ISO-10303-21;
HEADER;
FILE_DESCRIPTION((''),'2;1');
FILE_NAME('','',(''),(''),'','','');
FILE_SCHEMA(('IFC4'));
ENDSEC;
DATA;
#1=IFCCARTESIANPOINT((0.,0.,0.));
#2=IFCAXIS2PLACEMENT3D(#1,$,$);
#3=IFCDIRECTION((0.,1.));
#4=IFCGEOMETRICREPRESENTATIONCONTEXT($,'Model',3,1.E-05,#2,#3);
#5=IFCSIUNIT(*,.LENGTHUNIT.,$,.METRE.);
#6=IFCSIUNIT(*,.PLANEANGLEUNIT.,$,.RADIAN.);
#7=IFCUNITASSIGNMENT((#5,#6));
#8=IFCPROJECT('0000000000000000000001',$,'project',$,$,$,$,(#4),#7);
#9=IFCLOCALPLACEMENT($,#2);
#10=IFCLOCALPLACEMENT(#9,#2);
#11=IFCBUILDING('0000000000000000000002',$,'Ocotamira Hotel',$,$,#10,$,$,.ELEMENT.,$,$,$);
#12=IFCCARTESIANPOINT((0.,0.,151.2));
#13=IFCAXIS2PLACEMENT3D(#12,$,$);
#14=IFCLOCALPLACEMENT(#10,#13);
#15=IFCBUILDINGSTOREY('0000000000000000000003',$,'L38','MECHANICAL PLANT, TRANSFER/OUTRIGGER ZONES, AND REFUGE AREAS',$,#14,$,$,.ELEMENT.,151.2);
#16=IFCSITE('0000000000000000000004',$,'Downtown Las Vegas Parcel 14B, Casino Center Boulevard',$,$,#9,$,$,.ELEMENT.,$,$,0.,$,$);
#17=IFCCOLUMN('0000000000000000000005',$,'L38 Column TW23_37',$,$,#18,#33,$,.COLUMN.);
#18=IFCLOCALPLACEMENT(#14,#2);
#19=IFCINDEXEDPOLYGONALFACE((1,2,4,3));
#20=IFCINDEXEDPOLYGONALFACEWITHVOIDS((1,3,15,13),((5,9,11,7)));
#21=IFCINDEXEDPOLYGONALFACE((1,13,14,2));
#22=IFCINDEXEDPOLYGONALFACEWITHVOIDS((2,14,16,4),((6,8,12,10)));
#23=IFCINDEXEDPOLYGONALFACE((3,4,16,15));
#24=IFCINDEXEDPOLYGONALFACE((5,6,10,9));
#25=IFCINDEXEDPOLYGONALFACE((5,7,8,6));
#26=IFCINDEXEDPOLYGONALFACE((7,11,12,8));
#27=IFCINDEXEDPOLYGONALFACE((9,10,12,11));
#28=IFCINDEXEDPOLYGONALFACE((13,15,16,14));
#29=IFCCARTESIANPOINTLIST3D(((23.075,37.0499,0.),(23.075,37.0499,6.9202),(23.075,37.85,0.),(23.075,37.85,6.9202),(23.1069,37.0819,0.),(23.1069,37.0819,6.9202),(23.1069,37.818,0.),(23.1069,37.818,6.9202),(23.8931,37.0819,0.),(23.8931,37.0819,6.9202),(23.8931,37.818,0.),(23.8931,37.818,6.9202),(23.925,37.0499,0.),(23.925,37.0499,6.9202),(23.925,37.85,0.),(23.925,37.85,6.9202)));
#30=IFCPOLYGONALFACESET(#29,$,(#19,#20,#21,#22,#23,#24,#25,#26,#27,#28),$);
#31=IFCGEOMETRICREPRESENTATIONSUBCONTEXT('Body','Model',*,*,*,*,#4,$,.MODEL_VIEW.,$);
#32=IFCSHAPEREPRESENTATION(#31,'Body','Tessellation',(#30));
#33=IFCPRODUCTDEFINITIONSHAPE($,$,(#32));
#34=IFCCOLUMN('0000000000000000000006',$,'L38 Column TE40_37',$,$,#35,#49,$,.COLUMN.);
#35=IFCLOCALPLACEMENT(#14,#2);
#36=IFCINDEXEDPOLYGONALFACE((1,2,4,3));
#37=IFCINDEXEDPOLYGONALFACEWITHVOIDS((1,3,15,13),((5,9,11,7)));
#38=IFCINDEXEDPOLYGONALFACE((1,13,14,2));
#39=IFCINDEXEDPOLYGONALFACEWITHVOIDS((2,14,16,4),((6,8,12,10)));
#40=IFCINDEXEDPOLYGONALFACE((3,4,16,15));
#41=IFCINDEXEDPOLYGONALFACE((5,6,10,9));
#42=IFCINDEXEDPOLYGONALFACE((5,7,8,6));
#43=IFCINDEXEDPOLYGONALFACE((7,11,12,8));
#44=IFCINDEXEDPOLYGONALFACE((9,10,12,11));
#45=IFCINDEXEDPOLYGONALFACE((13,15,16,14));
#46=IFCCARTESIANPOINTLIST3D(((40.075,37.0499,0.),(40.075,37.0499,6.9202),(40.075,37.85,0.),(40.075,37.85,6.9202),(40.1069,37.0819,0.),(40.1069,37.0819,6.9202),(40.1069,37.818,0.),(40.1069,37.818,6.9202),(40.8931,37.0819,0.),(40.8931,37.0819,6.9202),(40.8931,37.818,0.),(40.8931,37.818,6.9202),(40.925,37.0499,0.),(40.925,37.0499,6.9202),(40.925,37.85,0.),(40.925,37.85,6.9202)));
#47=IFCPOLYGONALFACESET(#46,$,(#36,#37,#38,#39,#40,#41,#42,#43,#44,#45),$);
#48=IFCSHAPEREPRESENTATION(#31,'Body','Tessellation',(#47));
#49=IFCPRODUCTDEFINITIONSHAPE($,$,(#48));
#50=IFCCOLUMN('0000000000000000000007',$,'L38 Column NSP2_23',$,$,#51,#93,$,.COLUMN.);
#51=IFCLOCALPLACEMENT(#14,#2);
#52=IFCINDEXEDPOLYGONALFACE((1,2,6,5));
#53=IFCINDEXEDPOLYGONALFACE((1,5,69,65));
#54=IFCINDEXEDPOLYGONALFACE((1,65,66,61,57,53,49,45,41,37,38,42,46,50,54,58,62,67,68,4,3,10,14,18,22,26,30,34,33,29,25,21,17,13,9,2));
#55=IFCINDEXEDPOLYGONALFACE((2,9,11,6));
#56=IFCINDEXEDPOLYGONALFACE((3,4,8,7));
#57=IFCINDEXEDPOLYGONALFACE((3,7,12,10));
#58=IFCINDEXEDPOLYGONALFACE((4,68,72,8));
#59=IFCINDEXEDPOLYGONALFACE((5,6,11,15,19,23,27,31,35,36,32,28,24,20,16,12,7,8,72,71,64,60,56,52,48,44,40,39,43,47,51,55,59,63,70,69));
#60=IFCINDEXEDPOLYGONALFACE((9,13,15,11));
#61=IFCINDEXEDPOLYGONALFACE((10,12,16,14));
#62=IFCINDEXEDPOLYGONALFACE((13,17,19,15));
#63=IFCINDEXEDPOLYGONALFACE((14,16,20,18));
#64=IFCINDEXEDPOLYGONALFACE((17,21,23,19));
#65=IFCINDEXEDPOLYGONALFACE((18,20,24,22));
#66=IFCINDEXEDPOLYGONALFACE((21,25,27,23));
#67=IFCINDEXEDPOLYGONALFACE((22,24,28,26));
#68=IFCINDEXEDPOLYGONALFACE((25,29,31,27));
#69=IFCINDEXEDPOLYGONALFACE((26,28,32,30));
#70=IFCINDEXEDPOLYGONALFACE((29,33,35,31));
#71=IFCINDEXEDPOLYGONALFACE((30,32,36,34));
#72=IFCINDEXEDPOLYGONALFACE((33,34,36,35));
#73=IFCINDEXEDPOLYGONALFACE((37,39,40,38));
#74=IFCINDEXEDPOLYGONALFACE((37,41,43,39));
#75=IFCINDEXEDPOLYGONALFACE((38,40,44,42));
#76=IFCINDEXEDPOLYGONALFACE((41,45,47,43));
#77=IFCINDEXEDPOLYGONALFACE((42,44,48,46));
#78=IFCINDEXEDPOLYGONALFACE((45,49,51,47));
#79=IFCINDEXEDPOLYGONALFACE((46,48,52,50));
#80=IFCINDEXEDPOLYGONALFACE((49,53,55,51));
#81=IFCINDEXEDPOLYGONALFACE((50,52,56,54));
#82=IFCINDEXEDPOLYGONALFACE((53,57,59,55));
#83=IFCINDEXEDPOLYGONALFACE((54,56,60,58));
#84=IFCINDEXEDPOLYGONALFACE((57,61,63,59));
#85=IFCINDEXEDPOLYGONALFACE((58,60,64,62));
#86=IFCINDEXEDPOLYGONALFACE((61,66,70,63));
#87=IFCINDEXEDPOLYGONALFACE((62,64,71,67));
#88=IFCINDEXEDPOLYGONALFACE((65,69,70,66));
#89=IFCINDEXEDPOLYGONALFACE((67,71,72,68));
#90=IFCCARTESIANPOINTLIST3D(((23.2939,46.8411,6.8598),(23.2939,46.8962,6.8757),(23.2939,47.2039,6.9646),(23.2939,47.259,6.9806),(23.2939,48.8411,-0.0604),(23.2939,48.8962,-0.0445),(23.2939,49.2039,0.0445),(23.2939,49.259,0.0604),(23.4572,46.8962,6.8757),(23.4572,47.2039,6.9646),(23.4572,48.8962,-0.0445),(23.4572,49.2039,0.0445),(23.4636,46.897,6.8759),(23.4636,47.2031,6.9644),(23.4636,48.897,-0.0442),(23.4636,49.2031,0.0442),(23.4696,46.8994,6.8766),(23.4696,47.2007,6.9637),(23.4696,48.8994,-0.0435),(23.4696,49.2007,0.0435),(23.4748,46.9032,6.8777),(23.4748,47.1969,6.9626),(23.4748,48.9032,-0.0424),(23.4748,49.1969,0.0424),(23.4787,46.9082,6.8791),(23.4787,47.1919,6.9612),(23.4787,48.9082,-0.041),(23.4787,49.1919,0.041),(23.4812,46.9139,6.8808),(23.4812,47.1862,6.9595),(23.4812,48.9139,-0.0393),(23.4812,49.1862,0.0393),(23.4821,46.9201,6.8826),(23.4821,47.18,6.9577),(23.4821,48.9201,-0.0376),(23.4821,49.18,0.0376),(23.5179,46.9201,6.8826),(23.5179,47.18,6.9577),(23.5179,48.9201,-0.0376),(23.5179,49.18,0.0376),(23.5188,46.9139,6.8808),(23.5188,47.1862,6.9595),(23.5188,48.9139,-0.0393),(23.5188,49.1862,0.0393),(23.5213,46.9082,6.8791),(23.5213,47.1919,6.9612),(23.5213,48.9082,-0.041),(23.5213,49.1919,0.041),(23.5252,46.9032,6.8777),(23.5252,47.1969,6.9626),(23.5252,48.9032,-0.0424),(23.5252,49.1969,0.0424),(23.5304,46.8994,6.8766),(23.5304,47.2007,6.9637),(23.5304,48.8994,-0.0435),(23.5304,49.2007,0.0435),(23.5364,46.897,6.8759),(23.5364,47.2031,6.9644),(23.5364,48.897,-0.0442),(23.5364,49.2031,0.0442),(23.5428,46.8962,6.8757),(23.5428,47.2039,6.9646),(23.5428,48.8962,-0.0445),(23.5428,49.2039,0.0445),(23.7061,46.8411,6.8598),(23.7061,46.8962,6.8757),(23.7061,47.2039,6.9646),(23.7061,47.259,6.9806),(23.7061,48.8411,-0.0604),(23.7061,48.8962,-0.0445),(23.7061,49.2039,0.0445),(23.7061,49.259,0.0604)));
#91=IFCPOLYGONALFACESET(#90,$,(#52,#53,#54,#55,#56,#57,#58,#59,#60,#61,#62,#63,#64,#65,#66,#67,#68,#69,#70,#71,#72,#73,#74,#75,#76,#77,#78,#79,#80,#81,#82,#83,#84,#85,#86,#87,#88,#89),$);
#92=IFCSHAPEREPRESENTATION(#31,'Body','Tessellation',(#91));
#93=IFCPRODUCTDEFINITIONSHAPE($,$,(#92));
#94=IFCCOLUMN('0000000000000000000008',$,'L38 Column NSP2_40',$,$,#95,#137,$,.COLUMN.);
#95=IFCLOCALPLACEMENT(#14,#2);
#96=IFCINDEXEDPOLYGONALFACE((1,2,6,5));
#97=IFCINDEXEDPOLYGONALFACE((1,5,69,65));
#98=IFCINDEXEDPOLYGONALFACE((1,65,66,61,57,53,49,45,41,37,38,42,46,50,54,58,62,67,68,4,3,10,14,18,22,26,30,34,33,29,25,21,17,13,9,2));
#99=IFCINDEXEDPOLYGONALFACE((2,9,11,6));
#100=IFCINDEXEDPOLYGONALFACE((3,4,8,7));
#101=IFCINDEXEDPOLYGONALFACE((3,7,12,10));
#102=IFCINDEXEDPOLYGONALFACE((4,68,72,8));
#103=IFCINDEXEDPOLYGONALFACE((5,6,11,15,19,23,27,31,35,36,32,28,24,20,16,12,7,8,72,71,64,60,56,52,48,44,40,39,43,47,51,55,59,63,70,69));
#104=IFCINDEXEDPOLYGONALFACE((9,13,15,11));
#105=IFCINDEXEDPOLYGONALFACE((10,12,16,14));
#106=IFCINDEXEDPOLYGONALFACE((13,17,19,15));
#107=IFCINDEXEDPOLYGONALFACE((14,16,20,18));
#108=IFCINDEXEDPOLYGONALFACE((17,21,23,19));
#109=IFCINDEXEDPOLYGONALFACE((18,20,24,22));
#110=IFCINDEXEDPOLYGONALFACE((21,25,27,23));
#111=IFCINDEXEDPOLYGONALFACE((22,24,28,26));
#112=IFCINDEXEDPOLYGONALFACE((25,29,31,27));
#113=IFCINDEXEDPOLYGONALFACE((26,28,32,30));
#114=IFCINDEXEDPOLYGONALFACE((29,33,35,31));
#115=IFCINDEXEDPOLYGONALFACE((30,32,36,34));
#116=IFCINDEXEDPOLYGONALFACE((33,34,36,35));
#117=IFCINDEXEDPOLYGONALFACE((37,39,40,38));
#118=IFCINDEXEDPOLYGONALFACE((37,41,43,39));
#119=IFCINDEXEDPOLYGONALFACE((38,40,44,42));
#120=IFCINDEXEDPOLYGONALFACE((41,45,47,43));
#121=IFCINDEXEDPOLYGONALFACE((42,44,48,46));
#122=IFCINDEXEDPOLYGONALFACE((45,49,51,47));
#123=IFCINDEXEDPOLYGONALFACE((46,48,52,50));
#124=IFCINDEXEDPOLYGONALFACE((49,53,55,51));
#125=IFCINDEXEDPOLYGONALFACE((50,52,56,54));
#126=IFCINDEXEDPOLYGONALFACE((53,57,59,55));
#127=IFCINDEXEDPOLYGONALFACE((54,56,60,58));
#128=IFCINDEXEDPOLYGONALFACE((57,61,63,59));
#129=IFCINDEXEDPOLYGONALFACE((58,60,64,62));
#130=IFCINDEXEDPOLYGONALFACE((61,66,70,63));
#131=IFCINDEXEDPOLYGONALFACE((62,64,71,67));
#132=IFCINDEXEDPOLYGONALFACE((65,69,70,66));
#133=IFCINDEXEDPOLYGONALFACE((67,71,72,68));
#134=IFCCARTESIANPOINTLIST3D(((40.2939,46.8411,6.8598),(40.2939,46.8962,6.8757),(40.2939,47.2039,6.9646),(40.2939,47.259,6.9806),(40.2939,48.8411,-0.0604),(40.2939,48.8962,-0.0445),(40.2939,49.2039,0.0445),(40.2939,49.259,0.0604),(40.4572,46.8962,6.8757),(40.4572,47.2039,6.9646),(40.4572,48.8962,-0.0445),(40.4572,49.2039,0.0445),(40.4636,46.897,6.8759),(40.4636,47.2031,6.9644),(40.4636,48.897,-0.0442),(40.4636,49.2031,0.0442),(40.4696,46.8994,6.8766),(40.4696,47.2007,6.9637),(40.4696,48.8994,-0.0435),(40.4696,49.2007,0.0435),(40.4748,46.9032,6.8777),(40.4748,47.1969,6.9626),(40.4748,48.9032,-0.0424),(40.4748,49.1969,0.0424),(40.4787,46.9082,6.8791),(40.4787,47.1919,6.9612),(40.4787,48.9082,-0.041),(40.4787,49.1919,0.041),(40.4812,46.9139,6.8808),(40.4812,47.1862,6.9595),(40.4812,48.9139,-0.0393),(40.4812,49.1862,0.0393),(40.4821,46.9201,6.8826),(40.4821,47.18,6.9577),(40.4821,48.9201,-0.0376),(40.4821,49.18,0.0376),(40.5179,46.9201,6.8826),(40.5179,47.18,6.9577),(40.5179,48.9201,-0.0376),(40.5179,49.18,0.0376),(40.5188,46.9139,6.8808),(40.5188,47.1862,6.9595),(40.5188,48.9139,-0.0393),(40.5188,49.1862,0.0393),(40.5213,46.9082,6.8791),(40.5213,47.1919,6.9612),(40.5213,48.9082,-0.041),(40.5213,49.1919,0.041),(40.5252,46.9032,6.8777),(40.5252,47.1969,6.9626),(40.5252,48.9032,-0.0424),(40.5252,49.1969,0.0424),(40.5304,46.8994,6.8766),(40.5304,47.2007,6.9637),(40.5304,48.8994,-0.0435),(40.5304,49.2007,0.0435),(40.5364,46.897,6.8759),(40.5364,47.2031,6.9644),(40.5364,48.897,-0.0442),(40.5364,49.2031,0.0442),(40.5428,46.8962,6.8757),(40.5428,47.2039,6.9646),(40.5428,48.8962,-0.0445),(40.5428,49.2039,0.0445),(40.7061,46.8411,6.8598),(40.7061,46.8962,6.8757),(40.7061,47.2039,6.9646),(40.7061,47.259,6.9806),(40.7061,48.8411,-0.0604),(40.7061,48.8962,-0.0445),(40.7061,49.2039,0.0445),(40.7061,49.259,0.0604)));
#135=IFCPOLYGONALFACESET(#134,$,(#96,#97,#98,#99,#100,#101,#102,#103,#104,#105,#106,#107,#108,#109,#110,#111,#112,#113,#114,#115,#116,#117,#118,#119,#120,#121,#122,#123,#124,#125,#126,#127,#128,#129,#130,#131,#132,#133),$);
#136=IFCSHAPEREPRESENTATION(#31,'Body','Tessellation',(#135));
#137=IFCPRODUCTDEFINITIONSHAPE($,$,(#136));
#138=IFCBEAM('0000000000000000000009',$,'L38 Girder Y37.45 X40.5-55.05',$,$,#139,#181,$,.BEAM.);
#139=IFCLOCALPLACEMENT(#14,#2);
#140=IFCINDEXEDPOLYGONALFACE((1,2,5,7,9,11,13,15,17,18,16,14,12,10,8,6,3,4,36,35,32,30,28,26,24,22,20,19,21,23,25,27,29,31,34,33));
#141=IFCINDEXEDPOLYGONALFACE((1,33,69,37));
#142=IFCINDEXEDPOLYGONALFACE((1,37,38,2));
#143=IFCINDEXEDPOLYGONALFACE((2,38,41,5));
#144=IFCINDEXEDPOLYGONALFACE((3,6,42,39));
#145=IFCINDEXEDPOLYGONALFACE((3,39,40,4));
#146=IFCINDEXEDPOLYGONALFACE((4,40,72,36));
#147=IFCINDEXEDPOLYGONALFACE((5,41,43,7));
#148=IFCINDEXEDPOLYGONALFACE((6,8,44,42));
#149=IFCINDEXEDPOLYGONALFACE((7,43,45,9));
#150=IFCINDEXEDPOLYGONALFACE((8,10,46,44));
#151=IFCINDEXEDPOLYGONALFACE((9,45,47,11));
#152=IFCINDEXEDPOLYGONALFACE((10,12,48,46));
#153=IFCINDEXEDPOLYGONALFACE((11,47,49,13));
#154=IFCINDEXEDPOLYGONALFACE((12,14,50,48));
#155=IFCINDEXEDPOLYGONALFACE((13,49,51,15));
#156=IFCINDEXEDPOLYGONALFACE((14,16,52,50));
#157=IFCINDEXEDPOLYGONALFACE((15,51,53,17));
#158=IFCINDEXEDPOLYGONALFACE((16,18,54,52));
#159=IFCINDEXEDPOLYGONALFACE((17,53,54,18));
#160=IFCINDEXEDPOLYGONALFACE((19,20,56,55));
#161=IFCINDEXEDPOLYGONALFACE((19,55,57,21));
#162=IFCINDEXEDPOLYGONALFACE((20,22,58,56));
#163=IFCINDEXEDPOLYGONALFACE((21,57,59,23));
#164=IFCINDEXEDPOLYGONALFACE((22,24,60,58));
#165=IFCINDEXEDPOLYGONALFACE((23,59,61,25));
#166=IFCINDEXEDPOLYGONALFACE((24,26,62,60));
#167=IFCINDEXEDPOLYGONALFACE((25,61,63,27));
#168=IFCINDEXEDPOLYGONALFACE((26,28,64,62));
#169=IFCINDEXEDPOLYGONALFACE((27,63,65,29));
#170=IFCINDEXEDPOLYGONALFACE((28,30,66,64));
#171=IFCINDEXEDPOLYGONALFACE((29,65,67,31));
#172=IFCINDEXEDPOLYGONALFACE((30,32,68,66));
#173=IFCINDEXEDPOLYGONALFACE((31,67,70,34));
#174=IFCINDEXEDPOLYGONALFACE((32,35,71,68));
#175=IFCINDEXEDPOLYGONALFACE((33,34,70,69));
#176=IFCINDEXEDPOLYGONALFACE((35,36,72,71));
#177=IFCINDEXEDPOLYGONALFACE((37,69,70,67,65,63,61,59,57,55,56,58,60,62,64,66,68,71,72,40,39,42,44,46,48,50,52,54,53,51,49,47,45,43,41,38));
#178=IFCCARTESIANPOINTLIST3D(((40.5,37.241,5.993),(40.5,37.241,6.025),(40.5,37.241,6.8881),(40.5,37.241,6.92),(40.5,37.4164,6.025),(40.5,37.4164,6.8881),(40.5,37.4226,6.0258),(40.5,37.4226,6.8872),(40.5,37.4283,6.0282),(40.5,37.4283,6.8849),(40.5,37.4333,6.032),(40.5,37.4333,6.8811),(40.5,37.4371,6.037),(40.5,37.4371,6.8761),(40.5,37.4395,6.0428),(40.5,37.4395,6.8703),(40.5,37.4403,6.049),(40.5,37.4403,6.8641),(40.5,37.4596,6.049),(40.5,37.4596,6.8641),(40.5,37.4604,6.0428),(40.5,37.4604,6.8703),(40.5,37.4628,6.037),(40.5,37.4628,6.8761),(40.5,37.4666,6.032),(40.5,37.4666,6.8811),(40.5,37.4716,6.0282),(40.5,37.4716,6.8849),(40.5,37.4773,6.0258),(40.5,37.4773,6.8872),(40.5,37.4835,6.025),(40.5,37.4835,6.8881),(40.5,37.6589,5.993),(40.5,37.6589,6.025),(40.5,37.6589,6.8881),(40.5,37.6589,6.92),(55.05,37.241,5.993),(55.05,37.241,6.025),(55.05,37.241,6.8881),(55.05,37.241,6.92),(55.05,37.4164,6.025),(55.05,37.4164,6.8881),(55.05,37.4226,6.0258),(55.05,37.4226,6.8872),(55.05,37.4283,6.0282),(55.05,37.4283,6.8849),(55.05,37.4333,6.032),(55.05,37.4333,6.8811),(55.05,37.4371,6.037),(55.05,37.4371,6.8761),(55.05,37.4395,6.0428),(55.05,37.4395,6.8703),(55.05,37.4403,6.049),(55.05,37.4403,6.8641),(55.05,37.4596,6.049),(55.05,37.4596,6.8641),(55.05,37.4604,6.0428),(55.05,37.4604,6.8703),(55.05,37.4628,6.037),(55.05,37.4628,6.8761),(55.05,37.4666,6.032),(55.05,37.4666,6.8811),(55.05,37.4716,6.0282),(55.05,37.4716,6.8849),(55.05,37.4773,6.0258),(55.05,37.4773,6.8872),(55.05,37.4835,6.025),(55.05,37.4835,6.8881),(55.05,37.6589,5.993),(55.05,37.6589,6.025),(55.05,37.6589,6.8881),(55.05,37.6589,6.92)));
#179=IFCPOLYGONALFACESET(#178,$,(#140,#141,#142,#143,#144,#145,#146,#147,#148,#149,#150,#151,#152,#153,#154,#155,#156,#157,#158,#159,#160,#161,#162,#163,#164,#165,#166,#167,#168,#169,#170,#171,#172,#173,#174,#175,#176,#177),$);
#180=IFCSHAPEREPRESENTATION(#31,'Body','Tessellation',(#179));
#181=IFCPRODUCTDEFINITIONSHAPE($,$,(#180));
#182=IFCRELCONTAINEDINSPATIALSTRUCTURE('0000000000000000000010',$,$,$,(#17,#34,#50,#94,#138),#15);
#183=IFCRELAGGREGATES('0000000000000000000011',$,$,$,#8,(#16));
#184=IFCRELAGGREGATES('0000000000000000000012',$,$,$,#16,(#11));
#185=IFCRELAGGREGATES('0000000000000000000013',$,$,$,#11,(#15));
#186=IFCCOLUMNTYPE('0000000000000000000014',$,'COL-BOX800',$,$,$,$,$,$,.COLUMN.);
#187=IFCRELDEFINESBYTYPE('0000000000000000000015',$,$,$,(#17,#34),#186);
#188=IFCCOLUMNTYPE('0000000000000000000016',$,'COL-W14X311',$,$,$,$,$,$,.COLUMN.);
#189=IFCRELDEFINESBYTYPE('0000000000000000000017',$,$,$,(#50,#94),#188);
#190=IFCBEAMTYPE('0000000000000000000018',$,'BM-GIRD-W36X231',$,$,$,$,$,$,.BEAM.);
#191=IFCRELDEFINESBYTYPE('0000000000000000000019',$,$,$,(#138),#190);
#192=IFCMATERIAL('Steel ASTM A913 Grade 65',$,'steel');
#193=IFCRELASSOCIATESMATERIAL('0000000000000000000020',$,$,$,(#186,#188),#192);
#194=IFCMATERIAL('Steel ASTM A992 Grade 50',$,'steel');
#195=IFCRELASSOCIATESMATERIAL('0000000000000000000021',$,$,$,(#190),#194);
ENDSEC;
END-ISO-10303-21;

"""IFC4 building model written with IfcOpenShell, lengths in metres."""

from ifc_helpers import new_model, si_unit, direction, frame, origin, origin_2d, place, context, subcontext, project, spatial, hollow_rectangle, i_section, extrude, source, transform, mapped, material, material_profile, profile_set, type_object, element, save


model = new_model("IFC4")

# Units and contexts
model_context = context("Model", 3, precision=1e-05, world=origin(), true_north=direction((0.0, 1.0)))
body_context = subcontext(model_context, "Body", "Model", "MODEL_VIEW")
ifc_project = project(units=[si_unit("LENGTHUNIT", "METRE"), si_unit("PLANEANGLEUNIT", "RADIAN")], contexts=[model_context])

# Site, building, storey
site_placement = place(None, origin())
site = spatial("IfcSite", under=ifc_project, at=site_placement, Name="Downtown Las Vegas Parcel 14B, Casino Center Boulevard", CompositionType="ELEMENT", RefElevation=0.0)
building_placement = place(site_placement, origin())
building = spatial("IfcBuilding", under=site, at=building_placement, Name="Ocotamira Hotel", CompositionType="ELEMENT")
storey_placement = place(building_placement, frame((0.0, 0.0, 151.2)))
storey = spatial("IfcBuildingStorey", under=building, at=storey_placement, Name="L38", Description="MECHANICAL PLANT, TRANSFER/OUTRIGGER ZONES, AND REFUGE AREAS", CompositionType="ELEMENT", Elevation=151.2)

# Columns
ifc_material_1 = material(Name="Steel ASTM A913 Grade 65", Category="steel")
ifc_material_profile_1 = material_profile(ifc_material_1, hollow_rectangle(XDim=0.8501, YDim=0.8, WallThickness=0.032, at=origin_2d()), Name="BOX800X850X32")
ifc_profile_set_1 = profile_set([ifc_material_profile_1], Name="Steel ASTM A913 Grade 65")
column_type_1 = type_object("IfcColumnType", Name="COL-BOX800", PredefinedType="COLUMN", material=ifc_profile_set_1)
shared_shape_1 = source(origin(), body_context, "Body", "SweptSolid", [
    extrude(hollow_rectangle(XDim=0.8501, YDim=0.8, WallThickness=0.032, at=origin_2d()), origin(), (0.0, 0.0, 1.0), 6.9202),
])
for number, where, z_axis, x_axis, name in (
    (1, (23.5, 37.45, 0.0), (0.0, 0.0, 1.0), (1.0, 0.0, 0.0), "L38 Column TW23_37"),
    (2, (40.5, 37.45, 0.0), (0.0, 0.0, 1.0), (1.0, 0.0, 0.0), "L38 Column TE40_37"),
):
    element("IfcColumn", number, at=place(storey_placement, frame(where, z_axis=z_axis, x_axis=x_axis)), inside=storey, type_object=column_type_1, Name=name, PredefinedType="COLUMN", context=body_context, shape_type="MappedRepresentation", body=[
        mapped(shared_shape_1, transform((0.0, 0.0, 0.0), scale=1.0)),
    ])
ifc_material_profile_2 = material_profile(ifc_material_1, i_section(OverallWidth=0.4121, OverallDepth=0.4351, WebThickness=0.0359, FlangeThickness=0.0574, FilletRadius=0.0249, at=origin_2d()), Name="W14X311")
ifc_profile_set_2 = profile_set([ifc_material_profile_2], Name="Steel ASTM A913 Grade 65")
column_type_2 = type_object("IfcColumnType", Name="COL-W14X311", PredefinedType="COLUMN", material=ifc_profile_set_2)
shared_shape_2 = source(origin(), body_context, "Body", "SweptSolid", [
    extrude(i_section(OverallWidth=0.4121, OverallDepth=0.4351, WebThickness=0.0359, FlangeThickness=0.0574, FilletRadius=0.0249, at=origin_2d()), origin(), (0.0, 0.0, 1.0), 7.2034),
])
for number, where, z_axis, x_axis, name in (
    (3, (23.5, 49.05, 0.0), (0.0, -0.277647, 0.960683), (1.0, 0.0, 0.0), "L38 Column NSP2_23"),
    (4, (40.5, 49.05, 0.0), (0.0, -0.277647, 0.960683), (1.0, 0.0, 0.0), "L38 Column NSP2_40"),
):
    element("IfcColumn", number, at=place(storey_placement, frame(where, z_axis=z_axis, x_axis=x_axis)), inside=storey, type_object=column_type_2, Name=name, PredefinedType="COLUMN", context=body_context, shape_type="MappedRepresentation", body=[
        mapped(shared_shape_2, transform((0.0, 0.0, 0.0), scale=1.0)),
    ])

# Beam
ifc_material_2 = material(Name="Steel ASTM A992 Grade 50", Category="steel")
ifc_material_profile_3 = material_profile(ifc_material_2, i_section(OverallWidth=0.418, OverallDepth=0.927, WebThickness=0.0193, FlangeThickness=0.032, FilletRadius=0.0239, at=origin_2d()), Name="W36X231")
ifc_profile_set_3 = profile_set([ifc_material_profile_3], Name="Steel ASTM A992 Grade 50")
beam_type_1 = type_object("IfcBeamType", Name="BM-GIRD-W36X231", PredefinedType="BEAM", material=ifc_profile_set_3)
shared_shape_3 = source(origin(), body_context, "Body", "SweptSolid", [
    extrude(i_section(OverallWidth=0.418, OverallDepth=0.927, WebThickness=0.0193, FlangeThickness=0.032, FilletRadius=0.0239, at=origin_2d()), origin(), (0.0, 0.0, 1.0), 14.55),
])
beam_1_placement = place(storey_placement, frame((40.5, 37.45, 6.4565), z_axis=(1.0, 0.0, 0.0), x_axis=(0.0, 1.0, 0.0)))
element("IfcBeam", 5, at=beam_1_placement, inside=storey, type_object=beam_type_1, Name="L38 Girder Y37.45 X40.5-55.05", PredefinedType="BEAM", context=body_context, shape_type="MappedRepresentation", body=[
    mapped(shared_shape_3, transform((0.0, 0.0, 0.0), scale=1.0)),
])

save(model, "model.ifc")
